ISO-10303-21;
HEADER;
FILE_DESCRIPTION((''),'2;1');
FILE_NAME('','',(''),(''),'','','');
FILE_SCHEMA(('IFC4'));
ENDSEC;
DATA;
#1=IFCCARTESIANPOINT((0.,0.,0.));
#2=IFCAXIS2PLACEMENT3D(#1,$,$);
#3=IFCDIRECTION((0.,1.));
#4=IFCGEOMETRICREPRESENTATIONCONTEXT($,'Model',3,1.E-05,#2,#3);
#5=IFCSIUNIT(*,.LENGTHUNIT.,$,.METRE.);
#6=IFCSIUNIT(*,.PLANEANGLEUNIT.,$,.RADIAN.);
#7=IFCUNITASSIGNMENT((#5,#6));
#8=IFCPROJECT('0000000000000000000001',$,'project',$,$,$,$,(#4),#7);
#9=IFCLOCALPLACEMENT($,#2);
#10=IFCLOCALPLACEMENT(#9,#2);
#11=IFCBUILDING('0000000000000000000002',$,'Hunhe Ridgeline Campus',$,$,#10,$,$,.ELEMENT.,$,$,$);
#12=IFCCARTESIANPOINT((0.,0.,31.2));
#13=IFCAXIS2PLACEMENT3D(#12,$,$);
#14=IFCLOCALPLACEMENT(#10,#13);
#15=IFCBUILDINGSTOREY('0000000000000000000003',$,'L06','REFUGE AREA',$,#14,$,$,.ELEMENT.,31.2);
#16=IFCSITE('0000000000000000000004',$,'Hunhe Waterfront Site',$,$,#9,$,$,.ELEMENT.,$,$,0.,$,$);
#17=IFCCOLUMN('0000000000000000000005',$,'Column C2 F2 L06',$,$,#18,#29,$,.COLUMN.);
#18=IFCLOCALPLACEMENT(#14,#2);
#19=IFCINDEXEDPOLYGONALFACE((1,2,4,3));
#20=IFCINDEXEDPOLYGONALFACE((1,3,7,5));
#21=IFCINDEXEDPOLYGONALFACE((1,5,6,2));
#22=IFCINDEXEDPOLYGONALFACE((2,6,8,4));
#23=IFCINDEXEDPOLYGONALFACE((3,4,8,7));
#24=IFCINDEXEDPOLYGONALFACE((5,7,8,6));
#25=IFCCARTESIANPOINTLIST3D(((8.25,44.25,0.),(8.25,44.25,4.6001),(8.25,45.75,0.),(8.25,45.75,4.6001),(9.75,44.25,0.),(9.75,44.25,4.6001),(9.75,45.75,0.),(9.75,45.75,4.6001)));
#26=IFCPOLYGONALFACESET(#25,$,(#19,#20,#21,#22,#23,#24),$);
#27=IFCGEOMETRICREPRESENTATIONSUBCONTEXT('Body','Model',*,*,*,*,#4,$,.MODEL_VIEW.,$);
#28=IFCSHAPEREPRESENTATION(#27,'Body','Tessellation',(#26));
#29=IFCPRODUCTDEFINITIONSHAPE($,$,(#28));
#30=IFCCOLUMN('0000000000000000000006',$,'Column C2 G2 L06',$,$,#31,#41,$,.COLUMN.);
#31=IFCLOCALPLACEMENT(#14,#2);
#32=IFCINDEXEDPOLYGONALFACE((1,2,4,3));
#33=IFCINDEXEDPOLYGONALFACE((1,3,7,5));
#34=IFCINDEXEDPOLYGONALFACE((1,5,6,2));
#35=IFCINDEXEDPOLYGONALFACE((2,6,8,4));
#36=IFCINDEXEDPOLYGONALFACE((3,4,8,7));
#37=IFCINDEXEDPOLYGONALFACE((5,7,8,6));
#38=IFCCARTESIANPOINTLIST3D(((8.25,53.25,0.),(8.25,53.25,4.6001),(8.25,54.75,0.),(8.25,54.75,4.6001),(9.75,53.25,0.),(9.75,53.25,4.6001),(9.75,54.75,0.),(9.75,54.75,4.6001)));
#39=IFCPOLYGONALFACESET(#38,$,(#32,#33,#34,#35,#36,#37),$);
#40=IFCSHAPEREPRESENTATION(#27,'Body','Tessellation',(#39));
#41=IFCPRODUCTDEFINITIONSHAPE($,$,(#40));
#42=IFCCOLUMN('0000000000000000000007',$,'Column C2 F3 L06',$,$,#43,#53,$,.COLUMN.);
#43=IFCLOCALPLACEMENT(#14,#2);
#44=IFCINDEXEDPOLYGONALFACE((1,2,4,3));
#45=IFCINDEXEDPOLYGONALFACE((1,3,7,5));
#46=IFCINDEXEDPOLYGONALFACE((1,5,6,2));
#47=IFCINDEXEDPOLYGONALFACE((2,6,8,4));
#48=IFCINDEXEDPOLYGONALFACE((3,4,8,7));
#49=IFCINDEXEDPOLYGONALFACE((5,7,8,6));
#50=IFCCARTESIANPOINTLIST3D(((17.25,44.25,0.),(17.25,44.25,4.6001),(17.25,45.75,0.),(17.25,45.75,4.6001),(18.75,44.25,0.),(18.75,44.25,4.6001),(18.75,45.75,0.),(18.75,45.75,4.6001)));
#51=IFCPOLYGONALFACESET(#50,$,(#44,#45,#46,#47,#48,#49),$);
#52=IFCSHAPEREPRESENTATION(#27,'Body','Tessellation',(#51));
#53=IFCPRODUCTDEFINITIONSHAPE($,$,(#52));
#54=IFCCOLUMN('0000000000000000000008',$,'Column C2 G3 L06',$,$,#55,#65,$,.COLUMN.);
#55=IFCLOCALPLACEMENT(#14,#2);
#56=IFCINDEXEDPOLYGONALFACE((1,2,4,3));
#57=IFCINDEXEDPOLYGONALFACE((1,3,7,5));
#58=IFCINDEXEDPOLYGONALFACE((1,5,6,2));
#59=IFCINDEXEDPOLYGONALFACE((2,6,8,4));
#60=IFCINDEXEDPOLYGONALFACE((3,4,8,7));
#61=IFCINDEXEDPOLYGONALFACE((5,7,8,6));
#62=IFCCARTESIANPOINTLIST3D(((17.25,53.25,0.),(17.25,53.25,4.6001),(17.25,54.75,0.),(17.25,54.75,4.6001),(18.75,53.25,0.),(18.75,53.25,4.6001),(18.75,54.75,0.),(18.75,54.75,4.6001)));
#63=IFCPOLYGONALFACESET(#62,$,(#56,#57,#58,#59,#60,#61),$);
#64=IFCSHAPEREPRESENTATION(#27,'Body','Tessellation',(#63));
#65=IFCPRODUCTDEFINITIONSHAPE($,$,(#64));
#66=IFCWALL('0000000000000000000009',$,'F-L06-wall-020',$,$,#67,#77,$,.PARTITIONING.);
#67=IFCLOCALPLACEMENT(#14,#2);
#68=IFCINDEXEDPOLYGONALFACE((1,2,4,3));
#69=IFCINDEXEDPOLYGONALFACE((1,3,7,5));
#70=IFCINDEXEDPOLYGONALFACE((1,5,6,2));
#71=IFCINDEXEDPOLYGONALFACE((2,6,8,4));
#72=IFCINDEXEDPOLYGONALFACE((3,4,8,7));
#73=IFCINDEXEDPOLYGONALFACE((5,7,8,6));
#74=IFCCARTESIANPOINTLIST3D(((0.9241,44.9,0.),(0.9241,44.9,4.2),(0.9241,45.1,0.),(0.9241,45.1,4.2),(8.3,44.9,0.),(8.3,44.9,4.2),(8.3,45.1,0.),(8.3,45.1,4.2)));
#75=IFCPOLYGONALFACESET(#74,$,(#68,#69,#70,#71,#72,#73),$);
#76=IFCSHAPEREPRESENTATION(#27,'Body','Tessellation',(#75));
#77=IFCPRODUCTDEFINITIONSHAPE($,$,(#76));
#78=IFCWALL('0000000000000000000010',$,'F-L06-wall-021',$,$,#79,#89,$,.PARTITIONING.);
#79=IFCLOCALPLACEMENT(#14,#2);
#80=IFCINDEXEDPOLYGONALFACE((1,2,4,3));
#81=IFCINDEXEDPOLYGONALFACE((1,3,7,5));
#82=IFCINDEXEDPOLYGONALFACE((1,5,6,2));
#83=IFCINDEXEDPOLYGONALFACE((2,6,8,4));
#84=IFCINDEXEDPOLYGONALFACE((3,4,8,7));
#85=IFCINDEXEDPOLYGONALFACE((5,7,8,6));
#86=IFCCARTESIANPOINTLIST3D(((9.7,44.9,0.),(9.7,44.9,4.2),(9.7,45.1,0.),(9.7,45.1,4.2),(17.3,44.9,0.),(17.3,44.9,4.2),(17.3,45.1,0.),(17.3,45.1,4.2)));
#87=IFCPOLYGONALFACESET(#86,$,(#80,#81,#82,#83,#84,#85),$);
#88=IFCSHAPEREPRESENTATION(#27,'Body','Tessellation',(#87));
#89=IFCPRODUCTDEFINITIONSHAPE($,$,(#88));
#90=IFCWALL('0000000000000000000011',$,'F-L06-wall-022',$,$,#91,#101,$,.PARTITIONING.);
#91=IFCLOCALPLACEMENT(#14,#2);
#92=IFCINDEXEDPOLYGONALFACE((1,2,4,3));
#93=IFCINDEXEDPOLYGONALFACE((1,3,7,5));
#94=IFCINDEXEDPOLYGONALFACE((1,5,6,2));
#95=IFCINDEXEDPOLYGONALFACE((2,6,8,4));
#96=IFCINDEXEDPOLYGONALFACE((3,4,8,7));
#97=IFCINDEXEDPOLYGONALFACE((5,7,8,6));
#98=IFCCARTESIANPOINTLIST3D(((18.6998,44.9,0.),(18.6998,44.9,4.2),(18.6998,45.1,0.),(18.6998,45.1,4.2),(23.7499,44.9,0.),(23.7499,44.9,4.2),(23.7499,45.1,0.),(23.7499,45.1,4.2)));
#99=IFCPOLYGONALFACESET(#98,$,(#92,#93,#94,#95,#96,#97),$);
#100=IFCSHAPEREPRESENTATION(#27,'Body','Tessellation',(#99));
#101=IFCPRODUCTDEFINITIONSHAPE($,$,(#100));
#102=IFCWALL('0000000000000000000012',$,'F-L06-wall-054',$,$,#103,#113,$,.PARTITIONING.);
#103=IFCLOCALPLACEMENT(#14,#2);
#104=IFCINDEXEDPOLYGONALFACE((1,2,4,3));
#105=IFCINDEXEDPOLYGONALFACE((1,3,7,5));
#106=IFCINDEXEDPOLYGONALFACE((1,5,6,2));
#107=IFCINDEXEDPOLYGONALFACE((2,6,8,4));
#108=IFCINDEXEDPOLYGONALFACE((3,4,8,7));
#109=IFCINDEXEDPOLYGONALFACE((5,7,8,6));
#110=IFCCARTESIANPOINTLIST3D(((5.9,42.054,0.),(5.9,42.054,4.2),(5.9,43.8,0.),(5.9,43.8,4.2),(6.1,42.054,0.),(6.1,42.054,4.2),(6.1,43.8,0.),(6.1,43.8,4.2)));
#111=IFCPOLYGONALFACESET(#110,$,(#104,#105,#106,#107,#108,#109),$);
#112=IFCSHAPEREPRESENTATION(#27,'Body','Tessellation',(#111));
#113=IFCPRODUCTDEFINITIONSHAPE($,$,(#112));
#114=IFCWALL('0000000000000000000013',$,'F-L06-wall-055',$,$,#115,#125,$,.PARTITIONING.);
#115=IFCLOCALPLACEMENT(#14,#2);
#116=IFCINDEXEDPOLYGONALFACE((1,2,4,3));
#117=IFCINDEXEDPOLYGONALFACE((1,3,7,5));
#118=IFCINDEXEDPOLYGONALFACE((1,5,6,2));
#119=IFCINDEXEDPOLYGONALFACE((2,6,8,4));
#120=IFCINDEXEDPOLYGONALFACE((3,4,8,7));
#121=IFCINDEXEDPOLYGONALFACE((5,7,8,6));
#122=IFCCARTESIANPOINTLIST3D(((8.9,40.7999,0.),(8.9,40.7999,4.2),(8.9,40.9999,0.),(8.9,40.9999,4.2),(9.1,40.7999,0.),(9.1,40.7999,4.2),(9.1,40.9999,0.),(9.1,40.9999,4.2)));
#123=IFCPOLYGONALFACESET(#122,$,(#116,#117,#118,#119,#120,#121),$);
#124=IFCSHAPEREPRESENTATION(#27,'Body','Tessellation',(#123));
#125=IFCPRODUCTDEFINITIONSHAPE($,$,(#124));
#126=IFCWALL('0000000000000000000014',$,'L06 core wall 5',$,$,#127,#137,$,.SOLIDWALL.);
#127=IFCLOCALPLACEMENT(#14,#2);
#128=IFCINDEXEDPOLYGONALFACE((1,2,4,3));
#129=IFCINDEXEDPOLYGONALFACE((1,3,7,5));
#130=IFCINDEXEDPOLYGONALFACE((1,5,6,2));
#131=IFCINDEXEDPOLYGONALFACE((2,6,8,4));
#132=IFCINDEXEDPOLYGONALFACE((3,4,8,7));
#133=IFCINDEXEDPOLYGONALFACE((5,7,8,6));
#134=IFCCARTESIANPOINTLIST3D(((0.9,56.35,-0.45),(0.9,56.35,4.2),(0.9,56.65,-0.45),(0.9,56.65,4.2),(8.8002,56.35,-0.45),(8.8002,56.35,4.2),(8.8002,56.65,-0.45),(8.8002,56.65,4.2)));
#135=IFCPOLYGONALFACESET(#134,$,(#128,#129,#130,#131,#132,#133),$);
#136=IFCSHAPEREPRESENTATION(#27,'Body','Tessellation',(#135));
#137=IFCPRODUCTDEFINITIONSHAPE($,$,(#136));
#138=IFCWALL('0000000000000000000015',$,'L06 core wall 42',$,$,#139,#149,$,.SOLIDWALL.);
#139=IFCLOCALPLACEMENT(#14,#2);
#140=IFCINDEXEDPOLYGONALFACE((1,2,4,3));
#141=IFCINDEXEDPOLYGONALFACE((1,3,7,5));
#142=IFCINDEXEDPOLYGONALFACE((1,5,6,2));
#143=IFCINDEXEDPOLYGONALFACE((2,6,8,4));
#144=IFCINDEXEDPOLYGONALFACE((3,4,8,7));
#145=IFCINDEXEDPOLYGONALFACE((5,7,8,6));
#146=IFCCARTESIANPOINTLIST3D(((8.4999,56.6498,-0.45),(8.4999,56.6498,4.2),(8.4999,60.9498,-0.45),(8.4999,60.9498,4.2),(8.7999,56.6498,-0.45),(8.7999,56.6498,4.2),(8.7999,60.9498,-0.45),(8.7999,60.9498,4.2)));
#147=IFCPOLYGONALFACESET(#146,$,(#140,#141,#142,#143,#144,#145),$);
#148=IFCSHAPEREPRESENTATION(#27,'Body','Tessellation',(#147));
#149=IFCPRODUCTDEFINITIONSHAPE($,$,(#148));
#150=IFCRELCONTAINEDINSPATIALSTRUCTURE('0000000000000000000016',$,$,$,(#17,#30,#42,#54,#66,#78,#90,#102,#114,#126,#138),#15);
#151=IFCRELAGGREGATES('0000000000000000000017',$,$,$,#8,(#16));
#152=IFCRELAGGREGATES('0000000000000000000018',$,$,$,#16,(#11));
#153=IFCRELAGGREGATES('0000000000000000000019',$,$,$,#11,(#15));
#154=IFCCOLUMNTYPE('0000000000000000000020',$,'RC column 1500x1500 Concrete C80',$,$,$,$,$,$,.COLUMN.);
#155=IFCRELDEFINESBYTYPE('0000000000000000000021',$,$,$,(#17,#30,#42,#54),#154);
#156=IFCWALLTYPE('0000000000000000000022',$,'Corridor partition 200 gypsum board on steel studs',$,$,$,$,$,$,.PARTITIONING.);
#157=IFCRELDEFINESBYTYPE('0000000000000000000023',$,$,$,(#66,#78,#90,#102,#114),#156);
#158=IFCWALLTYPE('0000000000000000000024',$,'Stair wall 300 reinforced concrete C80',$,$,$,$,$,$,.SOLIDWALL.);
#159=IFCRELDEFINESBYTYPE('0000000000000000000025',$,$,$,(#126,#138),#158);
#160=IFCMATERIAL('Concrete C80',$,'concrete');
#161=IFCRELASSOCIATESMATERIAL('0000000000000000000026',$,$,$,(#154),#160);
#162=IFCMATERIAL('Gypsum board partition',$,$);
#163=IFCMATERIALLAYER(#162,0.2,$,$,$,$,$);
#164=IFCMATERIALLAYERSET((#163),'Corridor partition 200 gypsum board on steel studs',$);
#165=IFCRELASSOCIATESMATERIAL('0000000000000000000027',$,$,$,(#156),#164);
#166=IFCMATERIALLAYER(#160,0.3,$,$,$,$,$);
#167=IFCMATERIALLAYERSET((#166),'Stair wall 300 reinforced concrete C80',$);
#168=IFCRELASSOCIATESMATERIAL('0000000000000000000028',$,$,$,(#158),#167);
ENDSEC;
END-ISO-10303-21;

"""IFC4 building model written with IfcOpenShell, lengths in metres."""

from ifc_helpers import new_model, si_unit, direction, frame, frame_2d, origin, origin_2d, place, context, subcontext, project, spatial, rectangle, extrude, material, layer, layer_set, material_profile, profile_set, type_object, element, save


model = new_model("IFC4")

# Units and contexts
model_context = context("Model", 3, precision=1e-05, world=origin(), true_north=direction((0.0, 1.0)))
body_context = subcontext(model_context, "Body", "Model", "MODEL_VIEW")
ifc_project = project(units=[si_unit("LENGTHUNIT", "METRE"), si_unit("PLANEANGLEUNIT", "RADIAN")], contexts=[model_context])

# Site, building, storey
site_placement = place(None, origin())
site = spatial("IfcSite", under=ifc_project, at=site_placement, Name="Hunhe Waterfront Site", CompositionType="ELEMENT", RefElevation=0.0)
building_placement = place(site_placement, origin())
building = spatial("IfcBuilding", under=site, at=building_placement, Name="Hunhe Ridgeline Campus", CompositionType="ELEMENT")
storey_placement = place(building_placement, frame((0.0, 0.0, 31.2)))
storey = spatial("IfcBuildingStorey", under=building, at=storey_placement, Name="L06", Description="REFUGE AREA", CompositionType="ELEMENT", Elevation=31.2)

# Columns
ifc_material_1 = material(Name="Concrete C80", Category="concrete")
ifc_material_profile = material_profile(ifc_material_1, rectangle(XDim=1.5, YDim=1.5, at=origin_2d()))
ifc_profile_set = profile_set([ifc_material_profile], Name="Concrete C80")
column_type = type_object("IfcColumnType", Name="RC column 1500x1500 Concrete C80", PredefinedType="COLUMN", material=ifc_profile_set)
for number, where, z_axis, x_axis, name in (
    (1, (9.0, 45.0, 0.0), (0.0, 0.0, 1.0), (1.0, 0.0, 0.0), "Column C2 F2 L06"),
    (2, (9.0, 54.0, 0.0), (0.0, 0.0, 1.0), (1.0, 0.0, 0.0), "Column C2 G2 L06"),
    (3, (18.0, 45.0, 0.0), (0.0, 0.0, 1.0), (1.0, 0.0, 0.0), "Column C2 F3 L06"),
    (4, (18.0, 54.0, 0.0), (0.0, 0.0, 1.0), (1.0, 0.0, 0.0), "Column C2 G3 L06"),
):
    element("IfcColumn", number, at=place(storey_placement, frame(where, z_axis=z_axis, x_axis=x_axis)), inside=storey, type_object=column_type, Name=name, PredefinedType="COLUMN", context=body_context, shape_type="SweptSolid", body=[
        extrude(rectangle(XDim=1.5, YDim=1.5, at=origin_2d()), origin(), (0.0, 0.0, 1.0), 4.6001),
    ])

# Shared definitions
ifc_material_2 = material(Name="Gypsum board partition")
ifc_layer_1 = layer(ifc_material_2, 0.2)
ifc_layer_set_1 = layer_set([ifc_layer_1], Name="Corridor partition 200 gypsum board on steel studs")
wall_type_1 = type_object("IfcWallType", Name="Corridor partition 200 gypsum board on steel studs", PredefinedType="PARTITIONING", material=ifc_layer_set_1)

# Walls
wall_1_placement = place(storey_placement, frame((0.9241, 45.0, 0.0), z_axis=(0.0, 0.0, 1.0), x_axis=(1.0, 0.0, 0.0)))
element("IfcWall", 5, at=wall_1_placement, inside=storey, type_object=wall_type_1, Name="F-L06-wall-020", PredefinedType="PARTITIONING", context=body_context, shape_type="SweptSolid", body=[
    extrude(rectangle(XDim=7.376, YDim=0.2, at=frame_2d((3.688, 0.0))), origin(), (0.0, 0.0, 1.0), 4.2),
])
wall_2_placement = place(storey_placement, frame((9.7, 45.0, 0.0), z_axis=(0.0, 0.0, 1.0), x_axis=(1.0, 0.0, 0.0)))
element("IfcWall", 6, at=wall_2_placement, inside=storey, type_object=wall_type_1, Name="F-L06-wall-021", PredefinedType="PARTITIONING", context=body_context, shape_type="SweptSolid", body=[
    extrude(rectangle(XDim=7.6001, YDim=0.2, at=frame_2d((3.8, 0.0))), origin(), (0.0, 0.0, 1.0), 4.2),
])
wall_3_placement = place(storey_placement, frame((18.7, 45.0, 0.0), z_axis=(0.0, 0.0, 1.0), x_axis=(1.0, 0.0, 0.0)))
element("IfcWall", 7, at=wall_3_placement, inside=storey, type_object=wall_type_1, Name="F-L06-wall-022", PredefinedType="PARTITIONING", context=body_context, shape_type="SweptSolid", body=[
    extrude(rectangle(XDim=5.05, YDim=0.2, at=frame_2d((2.5249, 0.0))), origin(), (0.0, 0.0, 1.0), 4.2),
])
wall_4_placement = place(storey_placement, frame((6.0, 42.054, 0.0), z_axis=(0.0, 0.0, 1.0), x_axis=(0.0, 1.0, 0.0)))
element("IfcWall", 8, at=wall_4_placement, inside=storey, type_object=wall_type_1, Name="F-L06-wall-054", PredefinedType="PARTITIONING", context=body_context, shape_type="SweptSolid", body=[
    extrude(rectangle(XDim=1.7461, YDim=0.2, at=frame_2d((0.873, 0.0))), origin(), (0.0, 0.0, 1.0), 4.2),
])
wall_5_placement = place(storey_placement, frame((9.0, 41.0, 0.0), z_axis=(0.0, 0.0, 1.0), x_axis=(0.0, -1.0, 0.0)))
element("IfcWall", 9, at=wall_5_placement, inside=storey, type_object=wall_type_1, Name="F-L06-wall-055", PredefinedType="PARTITIONING", context=body_context, shape_type="SweptSolid", body=[
    extrude(rectangle(XDim=0.2, YDim=0.2, at=frame_2d((0.1001, 0.0))), origin(), (0.0, 0.0, 1.0), 4.2),
])

# Shared definitions
ifc_layer_2 = layer(ifc_material_1, 0.3)
ifc_layer_set_2 = layer_set([ifc_layer_2], Name="Stair wall 300 reinforced concrete C80")
wall_type_2 = type_object("IfcWallType", Name="Stair wall 300 reinforced concrete C80", PredefinedType="SOLIDWALL", material=ifc_layer_set_2)

# Walls
wall_6_placement = place(storey_placement, frame((0.8999, 56.5, -0.45), z_axis=(0.0, 0.0, 1.0), x_axis=(1.0, 0.0, 0.0)))
element("IfcWall", 10, at=wall_6_placement, inside=storey, type_object=wall_type_2, Name="L06 core wall 5", PredefinedType="SOLIDWALL", context=body_context, shape_type="SweptSolid", body=[
    extrude(rectangle(XDim=7.9001, YDim=0.3, at=frame_2d((3.9502, 0.0))), origin(), (0.0, 0.0, 1.0), 4.6499),
])
wall_7_placement = place(storey_placement, frame((8.6499, 56.6499, -0.45), z_axis=(0.0, 0.0, 1.0), x_axis=(0.0, 1.0, 0.0)))
element("IfcWall", 11, at=wall_7_placement, inside=storey, type_object=wall_type_2, Name="L06 core wall 42", PredefinedType="SOLIDWALL", context=body_context, shape_type="SweptSolid", body=[
    extrude(rectangle(XDim=4.3, YDim=0.3, at=frame_2d((2.1499, 0.0))), origin(), (0.0, 0.0, 1.0), 4.6499),
])

save(model, "model.ifc")
